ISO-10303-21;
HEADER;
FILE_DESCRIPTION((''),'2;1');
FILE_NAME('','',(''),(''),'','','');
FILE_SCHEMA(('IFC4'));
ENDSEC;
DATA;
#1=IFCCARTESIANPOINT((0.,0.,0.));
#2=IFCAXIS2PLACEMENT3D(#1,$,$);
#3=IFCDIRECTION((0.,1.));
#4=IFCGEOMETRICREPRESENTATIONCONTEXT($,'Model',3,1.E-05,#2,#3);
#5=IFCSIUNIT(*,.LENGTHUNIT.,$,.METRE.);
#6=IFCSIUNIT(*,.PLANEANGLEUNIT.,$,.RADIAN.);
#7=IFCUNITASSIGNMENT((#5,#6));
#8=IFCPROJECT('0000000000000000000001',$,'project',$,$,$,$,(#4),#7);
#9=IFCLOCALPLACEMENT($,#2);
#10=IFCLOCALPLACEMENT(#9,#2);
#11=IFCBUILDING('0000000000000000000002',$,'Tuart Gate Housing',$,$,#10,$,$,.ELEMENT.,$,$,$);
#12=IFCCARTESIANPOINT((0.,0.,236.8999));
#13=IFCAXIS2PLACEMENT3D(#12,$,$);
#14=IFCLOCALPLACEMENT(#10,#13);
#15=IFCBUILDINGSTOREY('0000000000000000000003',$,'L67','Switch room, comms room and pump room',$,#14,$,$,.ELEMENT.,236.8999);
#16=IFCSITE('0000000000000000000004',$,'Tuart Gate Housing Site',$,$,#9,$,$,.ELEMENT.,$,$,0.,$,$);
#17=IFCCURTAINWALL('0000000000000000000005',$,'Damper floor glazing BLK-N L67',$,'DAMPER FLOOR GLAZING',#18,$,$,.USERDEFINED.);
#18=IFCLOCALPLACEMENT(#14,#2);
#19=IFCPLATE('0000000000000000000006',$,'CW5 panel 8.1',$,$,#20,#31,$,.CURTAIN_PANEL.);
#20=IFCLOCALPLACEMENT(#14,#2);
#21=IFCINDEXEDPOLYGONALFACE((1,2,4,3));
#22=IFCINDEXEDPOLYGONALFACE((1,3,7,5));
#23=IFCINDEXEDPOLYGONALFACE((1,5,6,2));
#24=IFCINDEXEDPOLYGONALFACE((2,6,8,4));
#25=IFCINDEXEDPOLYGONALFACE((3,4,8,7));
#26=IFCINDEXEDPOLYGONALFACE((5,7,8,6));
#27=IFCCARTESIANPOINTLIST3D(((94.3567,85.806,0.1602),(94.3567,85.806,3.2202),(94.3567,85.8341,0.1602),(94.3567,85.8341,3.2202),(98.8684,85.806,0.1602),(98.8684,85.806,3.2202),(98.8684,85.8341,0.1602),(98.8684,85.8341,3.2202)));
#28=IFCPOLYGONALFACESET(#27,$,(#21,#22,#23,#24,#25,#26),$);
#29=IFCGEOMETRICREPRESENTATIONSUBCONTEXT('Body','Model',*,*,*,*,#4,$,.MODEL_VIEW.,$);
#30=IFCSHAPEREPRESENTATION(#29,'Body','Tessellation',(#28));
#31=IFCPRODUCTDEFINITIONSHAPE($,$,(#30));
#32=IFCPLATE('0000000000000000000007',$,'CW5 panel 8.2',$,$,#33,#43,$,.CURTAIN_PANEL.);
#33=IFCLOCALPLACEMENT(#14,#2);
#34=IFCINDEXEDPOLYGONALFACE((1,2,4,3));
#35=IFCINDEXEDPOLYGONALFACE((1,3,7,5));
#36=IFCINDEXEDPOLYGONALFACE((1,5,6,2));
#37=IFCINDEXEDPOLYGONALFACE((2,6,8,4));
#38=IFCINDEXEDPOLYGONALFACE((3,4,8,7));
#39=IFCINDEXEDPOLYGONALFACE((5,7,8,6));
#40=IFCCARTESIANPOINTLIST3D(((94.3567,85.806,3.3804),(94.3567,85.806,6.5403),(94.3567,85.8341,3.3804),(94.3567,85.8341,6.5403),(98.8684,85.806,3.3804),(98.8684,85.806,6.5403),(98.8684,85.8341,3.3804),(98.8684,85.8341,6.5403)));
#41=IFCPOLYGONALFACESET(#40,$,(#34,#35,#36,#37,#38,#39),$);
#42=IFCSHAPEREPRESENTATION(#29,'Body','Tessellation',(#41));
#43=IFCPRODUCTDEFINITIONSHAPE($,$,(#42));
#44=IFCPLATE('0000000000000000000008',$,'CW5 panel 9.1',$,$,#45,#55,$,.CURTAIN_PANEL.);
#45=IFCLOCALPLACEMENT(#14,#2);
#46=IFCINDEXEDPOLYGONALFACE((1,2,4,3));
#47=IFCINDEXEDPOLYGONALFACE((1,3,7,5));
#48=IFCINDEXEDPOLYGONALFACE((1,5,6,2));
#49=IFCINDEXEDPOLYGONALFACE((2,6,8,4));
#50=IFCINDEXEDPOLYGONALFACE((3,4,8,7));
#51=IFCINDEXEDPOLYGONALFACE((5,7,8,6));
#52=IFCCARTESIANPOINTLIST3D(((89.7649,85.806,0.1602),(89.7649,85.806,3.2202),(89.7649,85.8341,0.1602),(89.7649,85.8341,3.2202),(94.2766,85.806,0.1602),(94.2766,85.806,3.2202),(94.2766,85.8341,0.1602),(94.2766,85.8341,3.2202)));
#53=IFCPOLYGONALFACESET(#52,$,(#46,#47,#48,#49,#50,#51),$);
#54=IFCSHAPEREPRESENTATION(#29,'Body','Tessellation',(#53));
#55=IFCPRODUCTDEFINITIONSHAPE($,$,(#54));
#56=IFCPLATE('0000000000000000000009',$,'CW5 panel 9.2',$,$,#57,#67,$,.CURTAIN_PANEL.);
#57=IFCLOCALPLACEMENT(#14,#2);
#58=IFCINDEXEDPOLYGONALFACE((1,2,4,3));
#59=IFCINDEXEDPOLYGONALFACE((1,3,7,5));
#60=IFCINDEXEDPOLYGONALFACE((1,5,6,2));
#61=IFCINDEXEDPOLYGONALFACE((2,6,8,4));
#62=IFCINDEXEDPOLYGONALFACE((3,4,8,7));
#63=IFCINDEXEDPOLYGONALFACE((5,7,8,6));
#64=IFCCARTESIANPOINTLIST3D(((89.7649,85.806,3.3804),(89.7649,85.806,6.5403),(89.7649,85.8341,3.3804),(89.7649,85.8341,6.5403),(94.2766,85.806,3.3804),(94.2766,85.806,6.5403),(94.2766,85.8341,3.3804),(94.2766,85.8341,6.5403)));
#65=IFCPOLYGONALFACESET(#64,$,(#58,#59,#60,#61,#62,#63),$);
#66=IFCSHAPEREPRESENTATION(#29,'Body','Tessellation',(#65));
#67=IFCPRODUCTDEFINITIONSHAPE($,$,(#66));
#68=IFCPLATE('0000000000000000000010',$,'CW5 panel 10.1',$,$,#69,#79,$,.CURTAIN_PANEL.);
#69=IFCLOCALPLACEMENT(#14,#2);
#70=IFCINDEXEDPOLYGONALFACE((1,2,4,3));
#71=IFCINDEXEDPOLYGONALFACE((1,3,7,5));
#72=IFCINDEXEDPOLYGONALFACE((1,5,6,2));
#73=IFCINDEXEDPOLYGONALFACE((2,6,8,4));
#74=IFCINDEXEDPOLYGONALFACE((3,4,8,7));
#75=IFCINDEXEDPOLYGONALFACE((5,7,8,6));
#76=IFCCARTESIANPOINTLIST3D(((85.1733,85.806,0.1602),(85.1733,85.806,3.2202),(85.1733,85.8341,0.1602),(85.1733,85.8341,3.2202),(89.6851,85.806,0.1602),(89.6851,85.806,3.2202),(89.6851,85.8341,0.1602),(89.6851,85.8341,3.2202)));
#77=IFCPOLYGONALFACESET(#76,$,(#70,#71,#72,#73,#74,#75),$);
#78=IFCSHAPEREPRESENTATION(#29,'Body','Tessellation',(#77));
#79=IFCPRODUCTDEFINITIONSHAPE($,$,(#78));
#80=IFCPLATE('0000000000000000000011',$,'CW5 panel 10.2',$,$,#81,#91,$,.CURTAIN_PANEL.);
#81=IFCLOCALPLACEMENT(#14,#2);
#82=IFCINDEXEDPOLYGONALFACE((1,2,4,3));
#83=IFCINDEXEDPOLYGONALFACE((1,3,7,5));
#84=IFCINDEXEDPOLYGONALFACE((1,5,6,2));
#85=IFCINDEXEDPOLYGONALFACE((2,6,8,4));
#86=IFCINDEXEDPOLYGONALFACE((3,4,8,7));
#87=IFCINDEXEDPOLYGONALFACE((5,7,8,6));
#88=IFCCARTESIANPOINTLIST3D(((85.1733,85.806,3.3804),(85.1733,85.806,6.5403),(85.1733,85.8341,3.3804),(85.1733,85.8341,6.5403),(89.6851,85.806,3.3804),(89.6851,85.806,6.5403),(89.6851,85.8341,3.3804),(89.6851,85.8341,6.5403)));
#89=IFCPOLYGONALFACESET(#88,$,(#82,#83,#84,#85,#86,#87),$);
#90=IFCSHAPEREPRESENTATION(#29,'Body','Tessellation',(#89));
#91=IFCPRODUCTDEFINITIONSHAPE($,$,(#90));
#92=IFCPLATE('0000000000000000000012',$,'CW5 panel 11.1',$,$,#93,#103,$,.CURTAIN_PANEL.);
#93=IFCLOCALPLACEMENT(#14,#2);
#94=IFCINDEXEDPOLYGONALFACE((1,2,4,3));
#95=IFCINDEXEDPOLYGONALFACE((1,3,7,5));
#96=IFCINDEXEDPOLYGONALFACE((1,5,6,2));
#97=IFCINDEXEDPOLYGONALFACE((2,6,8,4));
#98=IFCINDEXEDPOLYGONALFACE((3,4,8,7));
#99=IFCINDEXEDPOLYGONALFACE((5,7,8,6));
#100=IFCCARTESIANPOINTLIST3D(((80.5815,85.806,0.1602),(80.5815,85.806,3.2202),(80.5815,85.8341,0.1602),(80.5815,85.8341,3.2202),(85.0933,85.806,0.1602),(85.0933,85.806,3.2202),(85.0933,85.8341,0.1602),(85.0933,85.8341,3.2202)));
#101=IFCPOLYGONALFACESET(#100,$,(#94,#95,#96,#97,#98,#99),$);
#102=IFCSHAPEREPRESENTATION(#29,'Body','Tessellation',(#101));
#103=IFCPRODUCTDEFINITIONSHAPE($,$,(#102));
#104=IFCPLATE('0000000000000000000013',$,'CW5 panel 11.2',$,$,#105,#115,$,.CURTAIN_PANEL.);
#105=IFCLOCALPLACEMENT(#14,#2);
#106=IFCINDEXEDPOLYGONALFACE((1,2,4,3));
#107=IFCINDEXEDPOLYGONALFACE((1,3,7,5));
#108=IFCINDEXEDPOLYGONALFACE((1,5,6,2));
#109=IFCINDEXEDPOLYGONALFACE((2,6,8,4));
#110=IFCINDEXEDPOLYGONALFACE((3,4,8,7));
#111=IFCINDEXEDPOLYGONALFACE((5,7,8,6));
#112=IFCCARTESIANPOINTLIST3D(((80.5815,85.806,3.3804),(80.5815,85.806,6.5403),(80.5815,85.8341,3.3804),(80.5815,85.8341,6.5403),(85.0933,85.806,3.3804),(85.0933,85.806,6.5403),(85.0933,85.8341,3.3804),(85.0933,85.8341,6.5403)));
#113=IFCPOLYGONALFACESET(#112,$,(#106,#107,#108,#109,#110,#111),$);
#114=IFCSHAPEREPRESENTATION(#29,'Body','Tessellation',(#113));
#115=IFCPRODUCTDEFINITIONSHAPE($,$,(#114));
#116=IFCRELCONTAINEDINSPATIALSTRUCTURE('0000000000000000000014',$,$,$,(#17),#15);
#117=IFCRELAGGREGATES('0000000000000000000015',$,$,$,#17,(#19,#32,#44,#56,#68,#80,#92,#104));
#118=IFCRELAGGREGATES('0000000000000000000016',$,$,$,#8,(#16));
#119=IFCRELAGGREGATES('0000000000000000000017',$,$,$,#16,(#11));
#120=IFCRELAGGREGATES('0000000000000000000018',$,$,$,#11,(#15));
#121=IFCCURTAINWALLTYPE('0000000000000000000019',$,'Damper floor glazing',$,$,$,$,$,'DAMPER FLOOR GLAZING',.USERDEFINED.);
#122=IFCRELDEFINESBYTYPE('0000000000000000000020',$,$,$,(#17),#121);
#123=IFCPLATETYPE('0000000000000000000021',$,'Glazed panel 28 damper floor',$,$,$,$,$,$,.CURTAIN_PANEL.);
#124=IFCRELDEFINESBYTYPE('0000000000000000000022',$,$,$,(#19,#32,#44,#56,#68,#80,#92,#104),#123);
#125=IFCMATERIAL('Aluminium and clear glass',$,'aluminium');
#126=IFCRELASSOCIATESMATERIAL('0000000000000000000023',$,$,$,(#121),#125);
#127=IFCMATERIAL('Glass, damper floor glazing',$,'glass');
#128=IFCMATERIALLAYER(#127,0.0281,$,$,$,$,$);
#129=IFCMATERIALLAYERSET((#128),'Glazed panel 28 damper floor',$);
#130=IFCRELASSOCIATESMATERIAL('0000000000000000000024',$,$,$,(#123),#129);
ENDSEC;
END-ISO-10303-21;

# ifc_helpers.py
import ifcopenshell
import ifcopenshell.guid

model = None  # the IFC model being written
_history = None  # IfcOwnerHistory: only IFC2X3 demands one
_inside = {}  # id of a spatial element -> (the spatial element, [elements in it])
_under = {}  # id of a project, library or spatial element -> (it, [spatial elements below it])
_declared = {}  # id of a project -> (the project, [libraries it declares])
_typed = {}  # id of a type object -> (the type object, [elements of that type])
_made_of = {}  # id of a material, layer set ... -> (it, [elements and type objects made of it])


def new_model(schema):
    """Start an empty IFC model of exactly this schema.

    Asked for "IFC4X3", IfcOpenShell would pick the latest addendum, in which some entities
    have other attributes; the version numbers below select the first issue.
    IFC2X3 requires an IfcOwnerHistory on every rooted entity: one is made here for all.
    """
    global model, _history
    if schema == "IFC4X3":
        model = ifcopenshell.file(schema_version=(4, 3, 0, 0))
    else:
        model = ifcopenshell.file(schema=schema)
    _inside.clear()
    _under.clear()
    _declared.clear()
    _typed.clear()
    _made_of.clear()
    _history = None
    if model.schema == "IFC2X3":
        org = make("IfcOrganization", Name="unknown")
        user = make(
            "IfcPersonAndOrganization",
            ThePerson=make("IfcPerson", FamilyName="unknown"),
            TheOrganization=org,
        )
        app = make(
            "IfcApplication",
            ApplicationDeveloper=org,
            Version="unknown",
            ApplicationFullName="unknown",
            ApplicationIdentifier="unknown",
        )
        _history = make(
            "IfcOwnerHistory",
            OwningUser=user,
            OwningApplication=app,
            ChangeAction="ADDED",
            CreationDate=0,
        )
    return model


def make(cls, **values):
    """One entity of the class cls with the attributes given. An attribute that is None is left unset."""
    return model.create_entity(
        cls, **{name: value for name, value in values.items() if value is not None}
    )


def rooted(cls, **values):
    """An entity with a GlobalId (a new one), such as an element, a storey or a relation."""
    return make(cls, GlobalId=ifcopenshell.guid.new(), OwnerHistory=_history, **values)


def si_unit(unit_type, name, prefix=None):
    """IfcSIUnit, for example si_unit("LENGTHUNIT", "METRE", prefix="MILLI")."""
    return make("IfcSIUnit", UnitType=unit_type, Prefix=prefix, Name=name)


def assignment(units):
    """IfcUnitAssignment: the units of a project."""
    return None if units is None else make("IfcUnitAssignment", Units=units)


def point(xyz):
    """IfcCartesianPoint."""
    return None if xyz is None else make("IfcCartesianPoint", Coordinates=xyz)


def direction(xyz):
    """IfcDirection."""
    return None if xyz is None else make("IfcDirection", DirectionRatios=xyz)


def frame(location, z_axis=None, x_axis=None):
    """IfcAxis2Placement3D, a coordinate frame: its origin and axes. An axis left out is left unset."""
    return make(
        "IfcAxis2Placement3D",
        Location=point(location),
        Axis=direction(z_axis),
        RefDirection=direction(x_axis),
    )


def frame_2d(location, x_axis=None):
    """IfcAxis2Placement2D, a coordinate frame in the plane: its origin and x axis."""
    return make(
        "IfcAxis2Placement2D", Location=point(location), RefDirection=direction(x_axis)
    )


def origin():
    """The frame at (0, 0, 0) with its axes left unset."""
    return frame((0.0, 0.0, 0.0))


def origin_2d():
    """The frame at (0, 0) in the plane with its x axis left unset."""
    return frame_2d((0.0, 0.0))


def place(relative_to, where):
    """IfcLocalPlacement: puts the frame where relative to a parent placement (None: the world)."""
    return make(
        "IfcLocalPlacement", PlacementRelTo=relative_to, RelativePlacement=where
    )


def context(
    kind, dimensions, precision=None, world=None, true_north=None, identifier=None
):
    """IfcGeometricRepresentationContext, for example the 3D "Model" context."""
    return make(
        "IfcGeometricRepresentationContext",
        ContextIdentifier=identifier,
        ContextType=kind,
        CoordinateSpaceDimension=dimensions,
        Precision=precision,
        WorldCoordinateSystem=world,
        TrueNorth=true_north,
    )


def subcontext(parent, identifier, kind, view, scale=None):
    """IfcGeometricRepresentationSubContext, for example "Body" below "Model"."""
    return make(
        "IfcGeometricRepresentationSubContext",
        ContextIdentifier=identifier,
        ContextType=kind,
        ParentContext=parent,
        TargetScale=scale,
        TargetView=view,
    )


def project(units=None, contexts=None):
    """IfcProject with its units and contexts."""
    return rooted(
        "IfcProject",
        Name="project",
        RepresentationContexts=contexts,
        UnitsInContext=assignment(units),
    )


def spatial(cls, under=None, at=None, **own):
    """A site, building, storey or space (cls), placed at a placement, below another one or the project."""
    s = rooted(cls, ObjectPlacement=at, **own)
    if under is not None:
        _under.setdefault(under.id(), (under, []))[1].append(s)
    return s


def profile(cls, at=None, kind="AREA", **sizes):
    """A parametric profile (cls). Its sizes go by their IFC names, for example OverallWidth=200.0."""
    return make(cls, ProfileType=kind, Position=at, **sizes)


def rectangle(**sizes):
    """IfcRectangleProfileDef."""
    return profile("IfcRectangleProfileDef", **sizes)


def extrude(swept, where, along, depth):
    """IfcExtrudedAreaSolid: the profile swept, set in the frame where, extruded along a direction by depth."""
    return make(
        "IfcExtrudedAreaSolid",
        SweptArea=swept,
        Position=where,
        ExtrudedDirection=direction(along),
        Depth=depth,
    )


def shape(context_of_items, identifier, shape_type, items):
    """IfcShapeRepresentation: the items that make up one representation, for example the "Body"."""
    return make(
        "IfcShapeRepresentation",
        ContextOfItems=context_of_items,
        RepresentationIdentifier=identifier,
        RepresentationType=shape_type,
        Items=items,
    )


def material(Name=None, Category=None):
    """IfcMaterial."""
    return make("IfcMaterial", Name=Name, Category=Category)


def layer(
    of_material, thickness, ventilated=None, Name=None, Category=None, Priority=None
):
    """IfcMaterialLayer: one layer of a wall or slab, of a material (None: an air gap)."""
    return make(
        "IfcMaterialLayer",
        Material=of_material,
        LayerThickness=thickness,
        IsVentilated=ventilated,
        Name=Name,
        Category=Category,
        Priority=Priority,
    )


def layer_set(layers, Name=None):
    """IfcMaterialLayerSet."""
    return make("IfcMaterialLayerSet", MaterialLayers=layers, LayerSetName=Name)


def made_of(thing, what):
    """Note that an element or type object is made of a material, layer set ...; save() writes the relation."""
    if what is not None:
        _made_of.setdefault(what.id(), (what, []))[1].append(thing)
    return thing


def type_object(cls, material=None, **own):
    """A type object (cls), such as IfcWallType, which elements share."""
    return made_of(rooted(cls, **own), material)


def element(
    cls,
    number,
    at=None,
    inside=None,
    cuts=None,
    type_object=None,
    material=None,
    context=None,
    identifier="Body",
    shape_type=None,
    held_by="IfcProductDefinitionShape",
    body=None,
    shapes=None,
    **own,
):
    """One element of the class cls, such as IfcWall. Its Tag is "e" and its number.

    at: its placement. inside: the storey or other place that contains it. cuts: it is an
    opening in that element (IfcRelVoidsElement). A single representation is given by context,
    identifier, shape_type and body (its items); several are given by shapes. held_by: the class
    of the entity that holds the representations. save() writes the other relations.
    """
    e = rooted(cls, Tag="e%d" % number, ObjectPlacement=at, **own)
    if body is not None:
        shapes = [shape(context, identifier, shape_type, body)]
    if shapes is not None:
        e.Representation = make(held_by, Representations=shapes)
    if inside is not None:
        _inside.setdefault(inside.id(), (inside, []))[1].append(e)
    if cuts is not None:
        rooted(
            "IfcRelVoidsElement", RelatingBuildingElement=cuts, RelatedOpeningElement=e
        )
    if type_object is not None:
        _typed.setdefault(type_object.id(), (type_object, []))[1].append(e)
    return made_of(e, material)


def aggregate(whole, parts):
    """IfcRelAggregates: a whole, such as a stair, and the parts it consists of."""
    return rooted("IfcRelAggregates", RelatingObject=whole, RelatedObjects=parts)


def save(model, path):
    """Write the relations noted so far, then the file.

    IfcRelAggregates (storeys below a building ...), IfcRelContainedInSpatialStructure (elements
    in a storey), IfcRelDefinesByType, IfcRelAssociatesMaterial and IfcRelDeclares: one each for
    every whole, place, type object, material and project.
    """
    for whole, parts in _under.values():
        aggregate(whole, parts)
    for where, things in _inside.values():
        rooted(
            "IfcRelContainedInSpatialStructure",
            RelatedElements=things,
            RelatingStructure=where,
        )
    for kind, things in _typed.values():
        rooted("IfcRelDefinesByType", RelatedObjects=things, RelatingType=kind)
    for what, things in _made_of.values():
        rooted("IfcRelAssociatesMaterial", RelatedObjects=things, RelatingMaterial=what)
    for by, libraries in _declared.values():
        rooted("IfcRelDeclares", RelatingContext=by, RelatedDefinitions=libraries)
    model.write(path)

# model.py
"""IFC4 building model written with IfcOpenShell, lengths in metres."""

from ifc_helpers import new_model, si_unit, direction, frame, origin, origin_2d, place, context, subcontext, project, spatial, rectangle, extrude, material, layer, layer_set, type_object, element, aggregate, save


model = new_model("IFC4")

# Units and contexts
model_context = context("Model", 3, precision=1e-05, world=origin(), true_north=direction((0.0, 1.0)))
body_context = subcontext(model_context, "Body", "Model", "MODEL_VIEW")
ifc_project = project(units=[si_unit("LENGTHUNIT", "METRE"), si_unit("PLANEANGLEUNIT", "RADIAN")], contexts=[model_context])

# Site, building, storey
site_placement = place(None, origin())
site = spatial("IfcSite", under=ifc_project, at=site_placement, Name="Tuart Gate Housing Site", CompositionType="ELEMENT", RefElevation=0.0)
building_placement = place(site_placement, origin())
building = spatial("IfcBuilding", under=site, at=building_placement, Name="Tuart Gate Housing", CompositionType="ELEMENT")
storey_placement = place(building_placement, frame((0.0, 0.0, 236.8999)))
storey = spatial("IfcBuildingStorey", under=building, at=storey_placement, Name="L67", Description="Switch room, comms room and pump room", CompositionType="ELEMENT", Elevation=236.8999)

# Curtain wall, plates
ifc_material_1 = material(Name="Aluminium and clear glass", Category="aluminium")
curtain_wall_type = type_object("IfcCurtainWallType", Name="Damper floor glazing", ElementType="DAMPER FLOOR GLAZING", PredefinedType="USERDEFINED", material=ifc_material_1)
curtain_wall_placement = place(storey_placement, origin())
curtain_wall = element("IfcCurtainWall", 1, at=curtain_wall_placement, inside=storey, type_object=curtain_wall_type, Name="Damper floor glazing BLK-N L67", ObjectType="DAMPER FLOOR GLAZING", PredefinedType="USERDEFINED")
ifc_material_2 = material(Name="Glass, damper floor glazing", Category="glass")
ifc_layer = layer(ifc_material_2, 0.0281)
ifc_layer_set = layer_set([ifc_layer], Name="Glazed panel 28 damper floor")
plate_type = type_object("IfcPlateType", Name="Glazed panel 28 damper floor", PredefinedType="CURTAIN_PANEL", material=ifc_layer_set)
plate_1_placement = place(storey_placement, frame((96.6125, 85.8201, 0.1602), z_axis=(0.0, 0.0, 1.0), x_axis=(-1.0, 0.0, 0.0)))
plate_1 = element("IfcPlate", 2, at=plate_1_placement, type_object=plate_type, Name="CW5 panel 8.1", PredefinedType="CURTAIN_PANEL", context=body_context, shape_type="SweptSolid", body=[
    extrude(rectangle(XDim=4.5117, YDim=0.0281, at=origin_2d()), origin(), (0.0, 0.0, 1.0), 3.0601),
])
plate_2_placement = place(storey_placement, frame((96.6125, 85.8201, 3.3804), z_axis=(0.0, 0.0, 1.0), x_axis=(-1.0, 0.0, 0.0)))
plate_2 = element("IfcPlate", 3, at=plate_2_placement, type_object=plate_type, Name="CW5 panel 8.2", PredefinedType="CURTAIN_PANEL", context=body_context, shape_type="SweptSolid", body=[
    extrude(rectangle(XDim=4.5117, YDim=0.0281, at=origin_2d()), origin(), (0.0, 0.0, 1.0), 3.1599),
])
plate_3_placement = place(storey_placement, frame((92.0208, 85.8201, 0.1602), z_axis=(0.0, 0.0, 1.0), x_axis=(-1.0, 0.0, 0.0)))
plate_3 = element("IfcPlate", 4, at=plate_3_placement, type_object=plate_type, Name="CW5 panel 9.1", PredefinedType="CURTAIN_PANEL", context=body_context, shape_type="SweptSolid", body=[
    extrude(rectangle(XDim=4.5117, YDim=0.0281, at=origin_2d()), origin(), (0.0, 0.0, 1.0), 3.0601),
])
plate_4_placement = place(storey_placement, frame((92.0208, 85.8201, 3.3804), z_axis=(0.0, 0.0, 1.0), x_axis=(-1.0, 0.0, 0.0)))
plate_4 = element("IfcPlate", 5, at=plate_4_placement, type_object=plate_type, Name="CW5 panel 9.2", PredefinedType="CURTAIN_PANEL", context=body_context, shape_type="SweptSolid", body=[
    extrude(rectangle(XDim=4.5117, YDim=0.0281, at=origin_2d()), origin(), (0.0, 0.0, 1.0), 3.1599),
])
plate_5_placement = place(storey_placement, frame((87.4292, 85.8201, 0.1602), z_axis=(0.0, 0.0, 1.0), x_axis=(-1.0, 0.0, 0.0)))
plate_5 = element("IfcPlate", 6, at=plate_5_placement, type_object=plate_type, Name="CW5 panel 10.1", PredefinedType="CURTAIN_PANEL", context=body_context, shape_type="SweptSolid", body=[
    extrude(rectangle(XDim=4.5117, YDim=0.0281, at=origin_2d()), origin(), (0.0, 0.0, 1.0), 3.0601),
])
plate_6_placement = place(storey_placement, frame((87.4292, 85.8201, 3.3804), z_axis=(0.0, 0.0, 1.0), x_axis=(-1.0, 0.0, 0.0)))
plate_6 = element("IfcPlate", 7, at=plate_6_placement, type_object=plate_type, Name="CW5 panel 10.2", PredefinedType="CURTAIN_PANEL", context=body_context, shape_type="SweptSolid", body=[
    extrude(rectangle(XDim=4.5117, YDim=0.0281, at=origin_2d()), origin(), (0.0, 0.0, 1.0), 3.1599),
])
plate_7_placement = place(storey_placement, frame((82.8374, 85.8201, 0.1602), z_axis=(0.0, 0.0, 1.0), x_axis=(-1.0, 0.0, 0.0)))
plate_7 = element("IfcPlate", 8, at=plate_7_placement, type_object=plate_type, Name="CW5 panel 11.1", PredefinedType="CURTAIN_PANEL", context=body_context, shape_type="SweptSolid", body=[
    extrude(rectangle(XDim=4.5117, YDim=0.0281, at=origin_2d()), origin(), (0.0, 0.0, 1.0), 3.0601),
])
plate_8_placement = place(storey_placement, frame((82.8374, 85.8201, 3.3804), z_axis=(0.0, 0.0, 1.0), x_axis=(-1.0, 0.0, 0.0)))
plate_8 = element("IfcPlate", 9, at=plate_8_placement, type_object=plate_type, Name="CW5 panel 11.2", PredefinedType="CURTAIN_PANEL", context=body_context, shape_type="SweptSolid", body=[
    extrude(rectangle(XDim=4.5117, YDim=0.0281, at=origin_2d()), origin(), (0.0, 0.0, 1.0), 3.1599),
])
aggregate(curtain_wall, [plate_1, plate_2, plate_3, plate_4, plate_5, plate_6, plate_7, plate_8])

save(model, "model.ifc")
